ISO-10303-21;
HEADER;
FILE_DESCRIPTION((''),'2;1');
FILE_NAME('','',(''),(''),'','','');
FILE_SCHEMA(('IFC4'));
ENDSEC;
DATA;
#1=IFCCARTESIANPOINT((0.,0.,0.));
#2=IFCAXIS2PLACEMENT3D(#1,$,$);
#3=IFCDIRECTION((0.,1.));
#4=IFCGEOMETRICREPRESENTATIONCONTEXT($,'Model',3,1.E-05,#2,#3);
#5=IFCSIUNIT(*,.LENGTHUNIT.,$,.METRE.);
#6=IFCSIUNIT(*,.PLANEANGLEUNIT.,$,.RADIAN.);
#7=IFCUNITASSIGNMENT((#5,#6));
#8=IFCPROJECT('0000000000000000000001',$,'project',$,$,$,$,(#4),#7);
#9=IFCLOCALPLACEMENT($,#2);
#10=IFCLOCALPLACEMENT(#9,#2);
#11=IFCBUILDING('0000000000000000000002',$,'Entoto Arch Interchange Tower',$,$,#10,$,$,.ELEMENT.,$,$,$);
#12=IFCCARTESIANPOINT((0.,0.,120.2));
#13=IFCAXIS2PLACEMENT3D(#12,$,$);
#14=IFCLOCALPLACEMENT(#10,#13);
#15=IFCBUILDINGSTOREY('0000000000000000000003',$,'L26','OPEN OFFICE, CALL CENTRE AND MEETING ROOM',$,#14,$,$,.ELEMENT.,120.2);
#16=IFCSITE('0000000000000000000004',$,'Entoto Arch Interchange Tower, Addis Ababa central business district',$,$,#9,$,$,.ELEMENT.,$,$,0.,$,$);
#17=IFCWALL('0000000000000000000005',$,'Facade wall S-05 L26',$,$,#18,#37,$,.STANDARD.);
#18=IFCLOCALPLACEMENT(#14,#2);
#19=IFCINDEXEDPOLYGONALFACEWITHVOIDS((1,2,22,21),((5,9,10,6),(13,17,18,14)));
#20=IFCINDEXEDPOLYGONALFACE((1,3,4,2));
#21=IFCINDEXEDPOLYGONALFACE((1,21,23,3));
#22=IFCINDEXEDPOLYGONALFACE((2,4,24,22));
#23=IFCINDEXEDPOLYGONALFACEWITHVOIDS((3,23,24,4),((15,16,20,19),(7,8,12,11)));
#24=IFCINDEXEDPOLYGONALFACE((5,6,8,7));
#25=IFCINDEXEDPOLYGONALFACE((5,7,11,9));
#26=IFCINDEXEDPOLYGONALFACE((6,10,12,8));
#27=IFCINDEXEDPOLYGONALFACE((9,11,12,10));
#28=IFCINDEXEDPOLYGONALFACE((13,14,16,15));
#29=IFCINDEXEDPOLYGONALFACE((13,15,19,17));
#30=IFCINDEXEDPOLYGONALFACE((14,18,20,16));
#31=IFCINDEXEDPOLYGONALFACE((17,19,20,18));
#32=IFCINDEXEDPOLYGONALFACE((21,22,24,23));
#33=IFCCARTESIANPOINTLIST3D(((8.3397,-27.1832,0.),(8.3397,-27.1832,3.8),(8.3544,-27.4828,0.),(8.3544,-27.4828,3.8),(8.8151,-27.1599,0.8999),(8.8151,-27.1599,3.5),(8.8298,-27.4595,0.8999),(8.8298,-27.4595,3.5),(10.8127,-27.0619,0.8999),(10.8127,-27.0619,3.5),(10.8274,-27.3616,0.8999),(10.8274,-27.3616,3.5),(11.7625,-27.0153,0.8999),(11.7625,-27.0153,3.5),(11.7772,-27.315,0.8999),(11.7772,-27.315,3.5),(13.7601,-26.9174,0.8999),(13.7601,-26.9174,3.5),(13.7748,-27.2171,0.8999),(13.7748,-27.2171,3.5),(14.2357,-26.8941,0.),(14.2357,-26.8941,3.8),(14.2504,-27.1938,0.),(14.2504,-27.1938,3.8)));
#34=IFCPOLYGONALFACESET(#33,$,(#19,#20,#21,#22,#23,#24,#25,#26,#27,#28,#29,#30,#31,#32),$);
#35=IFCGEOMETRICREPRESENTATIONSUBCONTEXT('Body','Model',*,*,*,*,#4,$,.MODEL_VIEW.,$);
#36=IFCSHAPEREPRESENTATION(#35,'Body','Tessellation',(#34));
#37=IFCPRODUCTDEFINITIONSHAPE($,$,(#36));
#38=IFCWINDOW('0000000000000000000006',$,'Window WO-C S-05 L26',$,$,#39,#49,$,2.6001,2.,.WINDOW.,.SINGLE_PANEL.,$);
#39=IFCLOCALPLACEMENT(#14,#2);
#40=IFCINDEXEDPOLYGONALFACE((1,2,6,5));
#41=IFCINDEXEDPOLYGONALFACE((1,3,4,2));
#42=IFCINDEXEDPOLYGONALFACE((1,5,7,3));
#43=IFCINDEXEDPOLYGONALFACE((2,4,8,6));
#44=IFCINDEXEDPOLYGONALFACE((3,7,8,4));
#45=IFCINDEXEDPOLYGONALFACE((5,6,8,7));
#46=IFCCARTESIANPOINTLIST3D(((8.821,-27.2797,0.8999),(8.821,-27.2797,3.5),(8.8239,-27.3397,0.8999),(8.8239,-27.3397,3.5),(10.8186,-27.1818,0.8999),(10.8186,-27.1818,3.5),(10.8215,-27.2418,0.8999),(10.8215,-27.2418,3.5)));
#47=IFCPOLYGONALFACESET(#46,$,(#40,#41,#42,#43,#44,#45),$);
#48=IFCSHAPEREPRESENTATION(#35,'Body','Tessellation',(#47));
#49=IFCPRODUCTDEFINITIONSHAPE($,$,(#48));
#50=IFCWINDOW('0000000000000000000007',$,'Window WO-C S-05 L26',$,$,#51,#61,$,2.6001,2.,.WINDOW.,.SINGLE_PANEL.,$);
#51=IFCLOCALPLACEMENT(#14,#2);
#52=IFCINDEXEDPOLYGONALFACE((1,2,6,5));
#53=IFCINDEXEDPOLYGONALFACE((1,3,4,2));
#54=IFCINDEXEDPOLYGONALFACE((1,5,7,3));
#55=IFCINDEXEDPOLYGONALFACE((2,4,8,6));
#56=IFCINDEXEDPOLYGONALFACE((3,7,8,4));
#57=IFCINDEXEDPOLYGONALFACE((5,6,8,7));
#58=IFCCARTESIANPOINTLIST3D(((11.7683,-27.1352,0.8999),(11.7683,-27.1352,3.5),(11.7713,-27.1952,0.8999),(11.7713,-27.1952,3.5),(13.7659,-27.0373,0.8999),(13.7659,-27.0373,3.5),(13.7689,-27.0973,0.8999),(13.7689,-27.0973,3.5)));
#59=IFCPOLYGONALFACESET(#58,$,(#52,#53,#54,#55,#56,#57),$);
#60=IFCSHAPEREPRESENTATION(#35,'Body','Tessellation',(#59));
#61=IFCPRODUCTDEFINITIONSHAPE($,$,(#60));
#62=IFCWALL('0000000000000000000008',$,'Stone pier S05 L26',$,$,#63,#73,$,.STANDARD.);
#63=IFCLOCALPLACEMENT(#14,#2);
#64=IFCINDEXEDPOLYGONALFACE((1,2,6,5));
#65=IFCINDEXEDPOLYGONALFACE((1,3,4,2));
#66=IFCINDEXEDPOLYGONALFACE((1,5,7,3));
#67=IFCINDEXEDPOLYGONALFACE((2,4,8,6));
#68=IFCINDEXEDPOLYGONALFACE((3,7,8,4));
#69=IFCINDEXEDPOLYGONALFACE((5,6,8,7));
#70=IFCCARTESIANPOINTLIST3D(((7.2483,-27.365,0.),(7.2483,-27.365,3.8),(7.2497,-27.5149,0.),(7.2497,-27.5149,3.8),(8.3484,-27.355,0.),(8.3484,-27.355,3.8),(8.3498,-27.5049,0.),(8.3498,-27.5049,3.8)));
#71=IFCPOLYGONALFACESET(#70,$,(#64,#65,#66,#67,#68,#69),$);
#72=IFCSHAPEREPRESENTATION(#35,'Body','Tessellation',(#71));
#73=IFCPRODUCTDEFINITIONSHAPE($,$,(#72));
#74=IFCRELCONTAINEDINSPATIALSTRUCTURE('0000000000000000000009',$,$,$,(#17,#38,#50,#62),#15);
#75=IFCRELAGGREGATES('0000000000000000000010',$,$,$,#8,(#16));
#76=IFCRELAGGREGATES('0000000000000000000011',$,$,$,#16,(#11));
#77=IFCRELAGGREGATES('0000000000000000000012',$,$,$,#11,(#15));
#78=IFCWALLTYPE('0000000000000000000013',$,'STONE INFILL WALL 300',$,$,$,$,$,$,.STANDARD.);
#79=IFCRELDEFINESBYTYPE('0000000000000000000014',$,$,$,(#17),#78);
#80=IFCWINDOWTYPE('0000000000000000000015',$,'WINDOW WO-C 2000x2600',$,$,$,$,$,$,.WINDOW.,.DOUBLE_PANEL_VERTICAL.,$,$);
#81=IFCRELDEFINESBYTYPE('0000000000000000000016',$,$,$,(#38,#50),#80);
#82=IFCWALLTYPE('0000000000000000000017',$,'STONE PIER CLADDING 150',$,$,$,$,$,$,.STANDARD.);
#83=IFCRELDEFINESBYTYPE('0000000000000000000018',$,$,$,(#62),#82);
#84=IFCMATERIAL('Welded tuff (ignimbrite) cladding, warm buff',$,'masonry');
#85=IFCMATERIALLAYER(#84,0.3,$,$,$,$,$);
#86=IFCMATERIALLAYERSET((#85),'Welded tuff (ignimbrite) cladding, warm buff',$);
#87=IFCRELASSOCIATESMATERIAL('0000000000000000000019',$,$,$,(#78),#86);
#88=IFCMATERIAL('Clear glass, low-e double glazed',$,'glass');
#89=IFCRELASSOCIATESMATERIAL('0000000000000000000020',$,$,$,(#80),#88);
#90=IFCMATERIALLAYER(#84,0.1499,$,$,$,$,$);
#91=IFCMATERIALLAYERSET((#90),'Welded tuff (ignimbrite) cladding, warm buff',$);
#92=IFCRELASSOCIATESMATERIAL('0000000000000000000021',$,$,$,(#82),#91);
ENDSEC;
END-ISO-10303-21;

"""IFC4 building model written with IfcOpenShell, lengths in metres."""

from ifc_helpers import new_model, si_unit, direction, frame, frame_2d, origin, place, context, subcontext, project, spatial, rectangle, extrude, material, layer, layer_set, type_object, element, fill, save


model = new_model("IFC4")

# Units and contexts
model_context = context("Model", 3, precision=1e-05, world=origin(), true_north=direction((0.0, 1.0)))
body_context = subcontext(model_context, "Body", "Model", "MODEL_VIEW")
ifc_project = project(units=[si_unit("LENGTHUNIT", "METRE"), si_unit("PLANEANGLEUNIT", "RADIAN")], contexts=[model_context])

# Site, building, storey
site_placement = place(None, origin())
site = spatial("IfcSite", under=ifc_project, at=site_placement, Name="Entoto Arch Interchange Tower, Addis Ababa central business district", CompositionType="ELEMENT", RefElevation=0.0)
building_placement = place(site_placement, origin())
building = spatial("IfcBuilding", under=site, at=building_placement, Name="Entoto Arch Interchange Tower", CompositionType="ELEMENT")
storey_placement = place(building_placement, frame((0.0, 0.0, 120.2)))
storey = spatial("IfcBuildingStorey", under=building, at=storey_placement, Name="L26", Description="OPEN OFFICE, CALL CENTRE AND MEETING ROOM", CompositionType="ELEMENT", Elevation=120.2)

# Shared definitions
ifc_material_1 = material(Name="Clear glass, low-e double glazed", Category="glass")

# Wall, openings, windows
ifc_material_2 = material(Name="Welded tuff (ignimbrite) cladding, warm buff", Category="masonry")
ifc_layer_1 = layer(ifc_material_2, 0.3)
ifc_layer_set_1 = layer_set([ifc_layer_1], Name="Welded tuff (ignimbrite) cladding, warm buff")
wall_type_1 = type_object("IfcWallType", Name="STONE INFILL WALL 300", PredefinedType="STANDARD", material=ifc_layer_set_1)
wall_1_placement = place(storey_placement, frame((8.3469, -27.333, 0.0), z_axis=(0.0, 0.0, 1.0), x_axis=(0.9988, 0.048968, 0.0)))
wall_1 = element("IfcWall", 1, at=wall_1_placement, inside=storey, type_object=wall_type_1, Name="Facade wall S-05 L26", PredefinedType="STANDARD", context=body_context, shape_type="SweptSolid", body=[
    extrude(rectangle(XDim=5.9031, YDim=0.3, at=frame_2d((2.9517, 0.0))), origin(), (0.0, 0.0, 1.0), 3.8),
])
opening_1_placement = place(wall_1_placement, frame((0.4761, 0.0, 0.8999)))
opening_1 = element("IfcOpeningElement", 2, at=opening_1_placement, cuts=wall_1, PredefinedType="OPENING", context=body_context, shape_type="SweptSolid", body=[
    extrude(rectangle(XDim=2.0, YDim=2.6001, at=frame_2d((1.0, 1.3))), frame((0.0, 0.1602, 0.0), z_axis=(0.0, -1.0, 0.0), x_axis=(1.0, 0.0, 0.0)), (0.0, 0.0, 1.0), 0.3201),
])
opening_2_placement = place(wall_1_placement, frame((3.427, 0.0, 0.8999)))
opening_2 = element("IfcOpeningElement", 3, at=opening_2_placement, cuts=wall_1, PredefinedType="OPENING", context=body_context, shape_type="SweptSolid", body=[
    extrude(rectangle(XDim=2.0, YDim=2.6001, at=frame_2d((1.0, 1.3))), frame((0.0, 0.1602, 0.0), z_axis=(0.0, -1.0, 0.0), x_axis=(1.0, 0.0, 0.0)), (0.0, 0.0, 1.0), 0.3201),
])
window_type = type_object("IfcWindowType", Name="WINDOW WO-C 2000x2600", PartitioningType="DOUBLE_PANEL_VERTICAL", PredefinedType="WINDOW", material=ifc_material_1)
window_1_placement = place(opening_1_placement, origin())
window_1 = element("IfcWindow", 4, at=window_1_placement, inside=storey, type_object=window_type, Name="Window WO-C S-05 L26", OverallHeight=2.6001, OverallWidth=2.0, PartitioningType="SINGLE_PANEL", PredefinedType="WINDOW", context=body_context, shape_type="SweptSolid", body=[
    extrude(rectangle(XDim=2.0, YDim=2.6001, at=frame_2d((1.0, 1.3))), frame((0.0, 0.03, 0.0), z_axis=(0.0, -1.0, 0.0), x_axis=(1.0, 0.0, 0.0)), (0.0, 0.0, 1.0), 0.0601),
])
fill(opening_1, window_1)
window_2_placement = place(opening_2_placement, origin())
window_2 = element("IfcWindow", 5, at=window_2_placement, inside=storey, type_object=window_type, Name="Window WO-C S-05 L26", OverallHeight=2.6001, OverallWidth=2.0, PartitioningType="SINGLE_PANEL", PredefinedType="WINDOW", context=body_context, shape_type="SweptSolid", body=[
    extrude(rectangle(XDim=2.0, YDim=2.6001, at=frame_2d((1.0, 1.3))), frame((0.0, 0.03, 0.0), z_axis=(0.0, -1.0, 0.0), x_axis=(1.0, 0.0, 0.0)), (0.0, 0.0, 1.0), 0.0601),
])
fill(opening_2, window_2)

# Wall
ifc_layer_2 = layer(ifc_material_2, 0.1499)
ifc_layer_set_2 = layer_set([ifc_layer_2], Name="Welded tuff (ignimbrite) cladding, warm buff")
wall_type_2 = type_object("IfcWallType", Name="STONE PIER CLADDING 150", PredefinedType="STANDARD", material=ifc_layer_set_2)
wall_2_placement = place(storey_placement, frame((7.249, -27.4399, 0.0), z_axis=(0.0, 0.0, 1.0), x_axis=(0.999959, 0.009099, 0.0)))
element("IfcWall", 6, at=wall_2_placement, inside=storey, type_object=wall_type_2, Name="Stone pier S05 L26", PredefinedType="STANDARD", context=body_context, shape_type="SweptSolid", body=[
    extrude(rectangle(XDim=1.1001, YDim=0.1499, at=frame_2d((0.55, 0.0))), origin(), (0.0, 0.0, 1.0), 3.8),
])

save(model, "model.ifc")
